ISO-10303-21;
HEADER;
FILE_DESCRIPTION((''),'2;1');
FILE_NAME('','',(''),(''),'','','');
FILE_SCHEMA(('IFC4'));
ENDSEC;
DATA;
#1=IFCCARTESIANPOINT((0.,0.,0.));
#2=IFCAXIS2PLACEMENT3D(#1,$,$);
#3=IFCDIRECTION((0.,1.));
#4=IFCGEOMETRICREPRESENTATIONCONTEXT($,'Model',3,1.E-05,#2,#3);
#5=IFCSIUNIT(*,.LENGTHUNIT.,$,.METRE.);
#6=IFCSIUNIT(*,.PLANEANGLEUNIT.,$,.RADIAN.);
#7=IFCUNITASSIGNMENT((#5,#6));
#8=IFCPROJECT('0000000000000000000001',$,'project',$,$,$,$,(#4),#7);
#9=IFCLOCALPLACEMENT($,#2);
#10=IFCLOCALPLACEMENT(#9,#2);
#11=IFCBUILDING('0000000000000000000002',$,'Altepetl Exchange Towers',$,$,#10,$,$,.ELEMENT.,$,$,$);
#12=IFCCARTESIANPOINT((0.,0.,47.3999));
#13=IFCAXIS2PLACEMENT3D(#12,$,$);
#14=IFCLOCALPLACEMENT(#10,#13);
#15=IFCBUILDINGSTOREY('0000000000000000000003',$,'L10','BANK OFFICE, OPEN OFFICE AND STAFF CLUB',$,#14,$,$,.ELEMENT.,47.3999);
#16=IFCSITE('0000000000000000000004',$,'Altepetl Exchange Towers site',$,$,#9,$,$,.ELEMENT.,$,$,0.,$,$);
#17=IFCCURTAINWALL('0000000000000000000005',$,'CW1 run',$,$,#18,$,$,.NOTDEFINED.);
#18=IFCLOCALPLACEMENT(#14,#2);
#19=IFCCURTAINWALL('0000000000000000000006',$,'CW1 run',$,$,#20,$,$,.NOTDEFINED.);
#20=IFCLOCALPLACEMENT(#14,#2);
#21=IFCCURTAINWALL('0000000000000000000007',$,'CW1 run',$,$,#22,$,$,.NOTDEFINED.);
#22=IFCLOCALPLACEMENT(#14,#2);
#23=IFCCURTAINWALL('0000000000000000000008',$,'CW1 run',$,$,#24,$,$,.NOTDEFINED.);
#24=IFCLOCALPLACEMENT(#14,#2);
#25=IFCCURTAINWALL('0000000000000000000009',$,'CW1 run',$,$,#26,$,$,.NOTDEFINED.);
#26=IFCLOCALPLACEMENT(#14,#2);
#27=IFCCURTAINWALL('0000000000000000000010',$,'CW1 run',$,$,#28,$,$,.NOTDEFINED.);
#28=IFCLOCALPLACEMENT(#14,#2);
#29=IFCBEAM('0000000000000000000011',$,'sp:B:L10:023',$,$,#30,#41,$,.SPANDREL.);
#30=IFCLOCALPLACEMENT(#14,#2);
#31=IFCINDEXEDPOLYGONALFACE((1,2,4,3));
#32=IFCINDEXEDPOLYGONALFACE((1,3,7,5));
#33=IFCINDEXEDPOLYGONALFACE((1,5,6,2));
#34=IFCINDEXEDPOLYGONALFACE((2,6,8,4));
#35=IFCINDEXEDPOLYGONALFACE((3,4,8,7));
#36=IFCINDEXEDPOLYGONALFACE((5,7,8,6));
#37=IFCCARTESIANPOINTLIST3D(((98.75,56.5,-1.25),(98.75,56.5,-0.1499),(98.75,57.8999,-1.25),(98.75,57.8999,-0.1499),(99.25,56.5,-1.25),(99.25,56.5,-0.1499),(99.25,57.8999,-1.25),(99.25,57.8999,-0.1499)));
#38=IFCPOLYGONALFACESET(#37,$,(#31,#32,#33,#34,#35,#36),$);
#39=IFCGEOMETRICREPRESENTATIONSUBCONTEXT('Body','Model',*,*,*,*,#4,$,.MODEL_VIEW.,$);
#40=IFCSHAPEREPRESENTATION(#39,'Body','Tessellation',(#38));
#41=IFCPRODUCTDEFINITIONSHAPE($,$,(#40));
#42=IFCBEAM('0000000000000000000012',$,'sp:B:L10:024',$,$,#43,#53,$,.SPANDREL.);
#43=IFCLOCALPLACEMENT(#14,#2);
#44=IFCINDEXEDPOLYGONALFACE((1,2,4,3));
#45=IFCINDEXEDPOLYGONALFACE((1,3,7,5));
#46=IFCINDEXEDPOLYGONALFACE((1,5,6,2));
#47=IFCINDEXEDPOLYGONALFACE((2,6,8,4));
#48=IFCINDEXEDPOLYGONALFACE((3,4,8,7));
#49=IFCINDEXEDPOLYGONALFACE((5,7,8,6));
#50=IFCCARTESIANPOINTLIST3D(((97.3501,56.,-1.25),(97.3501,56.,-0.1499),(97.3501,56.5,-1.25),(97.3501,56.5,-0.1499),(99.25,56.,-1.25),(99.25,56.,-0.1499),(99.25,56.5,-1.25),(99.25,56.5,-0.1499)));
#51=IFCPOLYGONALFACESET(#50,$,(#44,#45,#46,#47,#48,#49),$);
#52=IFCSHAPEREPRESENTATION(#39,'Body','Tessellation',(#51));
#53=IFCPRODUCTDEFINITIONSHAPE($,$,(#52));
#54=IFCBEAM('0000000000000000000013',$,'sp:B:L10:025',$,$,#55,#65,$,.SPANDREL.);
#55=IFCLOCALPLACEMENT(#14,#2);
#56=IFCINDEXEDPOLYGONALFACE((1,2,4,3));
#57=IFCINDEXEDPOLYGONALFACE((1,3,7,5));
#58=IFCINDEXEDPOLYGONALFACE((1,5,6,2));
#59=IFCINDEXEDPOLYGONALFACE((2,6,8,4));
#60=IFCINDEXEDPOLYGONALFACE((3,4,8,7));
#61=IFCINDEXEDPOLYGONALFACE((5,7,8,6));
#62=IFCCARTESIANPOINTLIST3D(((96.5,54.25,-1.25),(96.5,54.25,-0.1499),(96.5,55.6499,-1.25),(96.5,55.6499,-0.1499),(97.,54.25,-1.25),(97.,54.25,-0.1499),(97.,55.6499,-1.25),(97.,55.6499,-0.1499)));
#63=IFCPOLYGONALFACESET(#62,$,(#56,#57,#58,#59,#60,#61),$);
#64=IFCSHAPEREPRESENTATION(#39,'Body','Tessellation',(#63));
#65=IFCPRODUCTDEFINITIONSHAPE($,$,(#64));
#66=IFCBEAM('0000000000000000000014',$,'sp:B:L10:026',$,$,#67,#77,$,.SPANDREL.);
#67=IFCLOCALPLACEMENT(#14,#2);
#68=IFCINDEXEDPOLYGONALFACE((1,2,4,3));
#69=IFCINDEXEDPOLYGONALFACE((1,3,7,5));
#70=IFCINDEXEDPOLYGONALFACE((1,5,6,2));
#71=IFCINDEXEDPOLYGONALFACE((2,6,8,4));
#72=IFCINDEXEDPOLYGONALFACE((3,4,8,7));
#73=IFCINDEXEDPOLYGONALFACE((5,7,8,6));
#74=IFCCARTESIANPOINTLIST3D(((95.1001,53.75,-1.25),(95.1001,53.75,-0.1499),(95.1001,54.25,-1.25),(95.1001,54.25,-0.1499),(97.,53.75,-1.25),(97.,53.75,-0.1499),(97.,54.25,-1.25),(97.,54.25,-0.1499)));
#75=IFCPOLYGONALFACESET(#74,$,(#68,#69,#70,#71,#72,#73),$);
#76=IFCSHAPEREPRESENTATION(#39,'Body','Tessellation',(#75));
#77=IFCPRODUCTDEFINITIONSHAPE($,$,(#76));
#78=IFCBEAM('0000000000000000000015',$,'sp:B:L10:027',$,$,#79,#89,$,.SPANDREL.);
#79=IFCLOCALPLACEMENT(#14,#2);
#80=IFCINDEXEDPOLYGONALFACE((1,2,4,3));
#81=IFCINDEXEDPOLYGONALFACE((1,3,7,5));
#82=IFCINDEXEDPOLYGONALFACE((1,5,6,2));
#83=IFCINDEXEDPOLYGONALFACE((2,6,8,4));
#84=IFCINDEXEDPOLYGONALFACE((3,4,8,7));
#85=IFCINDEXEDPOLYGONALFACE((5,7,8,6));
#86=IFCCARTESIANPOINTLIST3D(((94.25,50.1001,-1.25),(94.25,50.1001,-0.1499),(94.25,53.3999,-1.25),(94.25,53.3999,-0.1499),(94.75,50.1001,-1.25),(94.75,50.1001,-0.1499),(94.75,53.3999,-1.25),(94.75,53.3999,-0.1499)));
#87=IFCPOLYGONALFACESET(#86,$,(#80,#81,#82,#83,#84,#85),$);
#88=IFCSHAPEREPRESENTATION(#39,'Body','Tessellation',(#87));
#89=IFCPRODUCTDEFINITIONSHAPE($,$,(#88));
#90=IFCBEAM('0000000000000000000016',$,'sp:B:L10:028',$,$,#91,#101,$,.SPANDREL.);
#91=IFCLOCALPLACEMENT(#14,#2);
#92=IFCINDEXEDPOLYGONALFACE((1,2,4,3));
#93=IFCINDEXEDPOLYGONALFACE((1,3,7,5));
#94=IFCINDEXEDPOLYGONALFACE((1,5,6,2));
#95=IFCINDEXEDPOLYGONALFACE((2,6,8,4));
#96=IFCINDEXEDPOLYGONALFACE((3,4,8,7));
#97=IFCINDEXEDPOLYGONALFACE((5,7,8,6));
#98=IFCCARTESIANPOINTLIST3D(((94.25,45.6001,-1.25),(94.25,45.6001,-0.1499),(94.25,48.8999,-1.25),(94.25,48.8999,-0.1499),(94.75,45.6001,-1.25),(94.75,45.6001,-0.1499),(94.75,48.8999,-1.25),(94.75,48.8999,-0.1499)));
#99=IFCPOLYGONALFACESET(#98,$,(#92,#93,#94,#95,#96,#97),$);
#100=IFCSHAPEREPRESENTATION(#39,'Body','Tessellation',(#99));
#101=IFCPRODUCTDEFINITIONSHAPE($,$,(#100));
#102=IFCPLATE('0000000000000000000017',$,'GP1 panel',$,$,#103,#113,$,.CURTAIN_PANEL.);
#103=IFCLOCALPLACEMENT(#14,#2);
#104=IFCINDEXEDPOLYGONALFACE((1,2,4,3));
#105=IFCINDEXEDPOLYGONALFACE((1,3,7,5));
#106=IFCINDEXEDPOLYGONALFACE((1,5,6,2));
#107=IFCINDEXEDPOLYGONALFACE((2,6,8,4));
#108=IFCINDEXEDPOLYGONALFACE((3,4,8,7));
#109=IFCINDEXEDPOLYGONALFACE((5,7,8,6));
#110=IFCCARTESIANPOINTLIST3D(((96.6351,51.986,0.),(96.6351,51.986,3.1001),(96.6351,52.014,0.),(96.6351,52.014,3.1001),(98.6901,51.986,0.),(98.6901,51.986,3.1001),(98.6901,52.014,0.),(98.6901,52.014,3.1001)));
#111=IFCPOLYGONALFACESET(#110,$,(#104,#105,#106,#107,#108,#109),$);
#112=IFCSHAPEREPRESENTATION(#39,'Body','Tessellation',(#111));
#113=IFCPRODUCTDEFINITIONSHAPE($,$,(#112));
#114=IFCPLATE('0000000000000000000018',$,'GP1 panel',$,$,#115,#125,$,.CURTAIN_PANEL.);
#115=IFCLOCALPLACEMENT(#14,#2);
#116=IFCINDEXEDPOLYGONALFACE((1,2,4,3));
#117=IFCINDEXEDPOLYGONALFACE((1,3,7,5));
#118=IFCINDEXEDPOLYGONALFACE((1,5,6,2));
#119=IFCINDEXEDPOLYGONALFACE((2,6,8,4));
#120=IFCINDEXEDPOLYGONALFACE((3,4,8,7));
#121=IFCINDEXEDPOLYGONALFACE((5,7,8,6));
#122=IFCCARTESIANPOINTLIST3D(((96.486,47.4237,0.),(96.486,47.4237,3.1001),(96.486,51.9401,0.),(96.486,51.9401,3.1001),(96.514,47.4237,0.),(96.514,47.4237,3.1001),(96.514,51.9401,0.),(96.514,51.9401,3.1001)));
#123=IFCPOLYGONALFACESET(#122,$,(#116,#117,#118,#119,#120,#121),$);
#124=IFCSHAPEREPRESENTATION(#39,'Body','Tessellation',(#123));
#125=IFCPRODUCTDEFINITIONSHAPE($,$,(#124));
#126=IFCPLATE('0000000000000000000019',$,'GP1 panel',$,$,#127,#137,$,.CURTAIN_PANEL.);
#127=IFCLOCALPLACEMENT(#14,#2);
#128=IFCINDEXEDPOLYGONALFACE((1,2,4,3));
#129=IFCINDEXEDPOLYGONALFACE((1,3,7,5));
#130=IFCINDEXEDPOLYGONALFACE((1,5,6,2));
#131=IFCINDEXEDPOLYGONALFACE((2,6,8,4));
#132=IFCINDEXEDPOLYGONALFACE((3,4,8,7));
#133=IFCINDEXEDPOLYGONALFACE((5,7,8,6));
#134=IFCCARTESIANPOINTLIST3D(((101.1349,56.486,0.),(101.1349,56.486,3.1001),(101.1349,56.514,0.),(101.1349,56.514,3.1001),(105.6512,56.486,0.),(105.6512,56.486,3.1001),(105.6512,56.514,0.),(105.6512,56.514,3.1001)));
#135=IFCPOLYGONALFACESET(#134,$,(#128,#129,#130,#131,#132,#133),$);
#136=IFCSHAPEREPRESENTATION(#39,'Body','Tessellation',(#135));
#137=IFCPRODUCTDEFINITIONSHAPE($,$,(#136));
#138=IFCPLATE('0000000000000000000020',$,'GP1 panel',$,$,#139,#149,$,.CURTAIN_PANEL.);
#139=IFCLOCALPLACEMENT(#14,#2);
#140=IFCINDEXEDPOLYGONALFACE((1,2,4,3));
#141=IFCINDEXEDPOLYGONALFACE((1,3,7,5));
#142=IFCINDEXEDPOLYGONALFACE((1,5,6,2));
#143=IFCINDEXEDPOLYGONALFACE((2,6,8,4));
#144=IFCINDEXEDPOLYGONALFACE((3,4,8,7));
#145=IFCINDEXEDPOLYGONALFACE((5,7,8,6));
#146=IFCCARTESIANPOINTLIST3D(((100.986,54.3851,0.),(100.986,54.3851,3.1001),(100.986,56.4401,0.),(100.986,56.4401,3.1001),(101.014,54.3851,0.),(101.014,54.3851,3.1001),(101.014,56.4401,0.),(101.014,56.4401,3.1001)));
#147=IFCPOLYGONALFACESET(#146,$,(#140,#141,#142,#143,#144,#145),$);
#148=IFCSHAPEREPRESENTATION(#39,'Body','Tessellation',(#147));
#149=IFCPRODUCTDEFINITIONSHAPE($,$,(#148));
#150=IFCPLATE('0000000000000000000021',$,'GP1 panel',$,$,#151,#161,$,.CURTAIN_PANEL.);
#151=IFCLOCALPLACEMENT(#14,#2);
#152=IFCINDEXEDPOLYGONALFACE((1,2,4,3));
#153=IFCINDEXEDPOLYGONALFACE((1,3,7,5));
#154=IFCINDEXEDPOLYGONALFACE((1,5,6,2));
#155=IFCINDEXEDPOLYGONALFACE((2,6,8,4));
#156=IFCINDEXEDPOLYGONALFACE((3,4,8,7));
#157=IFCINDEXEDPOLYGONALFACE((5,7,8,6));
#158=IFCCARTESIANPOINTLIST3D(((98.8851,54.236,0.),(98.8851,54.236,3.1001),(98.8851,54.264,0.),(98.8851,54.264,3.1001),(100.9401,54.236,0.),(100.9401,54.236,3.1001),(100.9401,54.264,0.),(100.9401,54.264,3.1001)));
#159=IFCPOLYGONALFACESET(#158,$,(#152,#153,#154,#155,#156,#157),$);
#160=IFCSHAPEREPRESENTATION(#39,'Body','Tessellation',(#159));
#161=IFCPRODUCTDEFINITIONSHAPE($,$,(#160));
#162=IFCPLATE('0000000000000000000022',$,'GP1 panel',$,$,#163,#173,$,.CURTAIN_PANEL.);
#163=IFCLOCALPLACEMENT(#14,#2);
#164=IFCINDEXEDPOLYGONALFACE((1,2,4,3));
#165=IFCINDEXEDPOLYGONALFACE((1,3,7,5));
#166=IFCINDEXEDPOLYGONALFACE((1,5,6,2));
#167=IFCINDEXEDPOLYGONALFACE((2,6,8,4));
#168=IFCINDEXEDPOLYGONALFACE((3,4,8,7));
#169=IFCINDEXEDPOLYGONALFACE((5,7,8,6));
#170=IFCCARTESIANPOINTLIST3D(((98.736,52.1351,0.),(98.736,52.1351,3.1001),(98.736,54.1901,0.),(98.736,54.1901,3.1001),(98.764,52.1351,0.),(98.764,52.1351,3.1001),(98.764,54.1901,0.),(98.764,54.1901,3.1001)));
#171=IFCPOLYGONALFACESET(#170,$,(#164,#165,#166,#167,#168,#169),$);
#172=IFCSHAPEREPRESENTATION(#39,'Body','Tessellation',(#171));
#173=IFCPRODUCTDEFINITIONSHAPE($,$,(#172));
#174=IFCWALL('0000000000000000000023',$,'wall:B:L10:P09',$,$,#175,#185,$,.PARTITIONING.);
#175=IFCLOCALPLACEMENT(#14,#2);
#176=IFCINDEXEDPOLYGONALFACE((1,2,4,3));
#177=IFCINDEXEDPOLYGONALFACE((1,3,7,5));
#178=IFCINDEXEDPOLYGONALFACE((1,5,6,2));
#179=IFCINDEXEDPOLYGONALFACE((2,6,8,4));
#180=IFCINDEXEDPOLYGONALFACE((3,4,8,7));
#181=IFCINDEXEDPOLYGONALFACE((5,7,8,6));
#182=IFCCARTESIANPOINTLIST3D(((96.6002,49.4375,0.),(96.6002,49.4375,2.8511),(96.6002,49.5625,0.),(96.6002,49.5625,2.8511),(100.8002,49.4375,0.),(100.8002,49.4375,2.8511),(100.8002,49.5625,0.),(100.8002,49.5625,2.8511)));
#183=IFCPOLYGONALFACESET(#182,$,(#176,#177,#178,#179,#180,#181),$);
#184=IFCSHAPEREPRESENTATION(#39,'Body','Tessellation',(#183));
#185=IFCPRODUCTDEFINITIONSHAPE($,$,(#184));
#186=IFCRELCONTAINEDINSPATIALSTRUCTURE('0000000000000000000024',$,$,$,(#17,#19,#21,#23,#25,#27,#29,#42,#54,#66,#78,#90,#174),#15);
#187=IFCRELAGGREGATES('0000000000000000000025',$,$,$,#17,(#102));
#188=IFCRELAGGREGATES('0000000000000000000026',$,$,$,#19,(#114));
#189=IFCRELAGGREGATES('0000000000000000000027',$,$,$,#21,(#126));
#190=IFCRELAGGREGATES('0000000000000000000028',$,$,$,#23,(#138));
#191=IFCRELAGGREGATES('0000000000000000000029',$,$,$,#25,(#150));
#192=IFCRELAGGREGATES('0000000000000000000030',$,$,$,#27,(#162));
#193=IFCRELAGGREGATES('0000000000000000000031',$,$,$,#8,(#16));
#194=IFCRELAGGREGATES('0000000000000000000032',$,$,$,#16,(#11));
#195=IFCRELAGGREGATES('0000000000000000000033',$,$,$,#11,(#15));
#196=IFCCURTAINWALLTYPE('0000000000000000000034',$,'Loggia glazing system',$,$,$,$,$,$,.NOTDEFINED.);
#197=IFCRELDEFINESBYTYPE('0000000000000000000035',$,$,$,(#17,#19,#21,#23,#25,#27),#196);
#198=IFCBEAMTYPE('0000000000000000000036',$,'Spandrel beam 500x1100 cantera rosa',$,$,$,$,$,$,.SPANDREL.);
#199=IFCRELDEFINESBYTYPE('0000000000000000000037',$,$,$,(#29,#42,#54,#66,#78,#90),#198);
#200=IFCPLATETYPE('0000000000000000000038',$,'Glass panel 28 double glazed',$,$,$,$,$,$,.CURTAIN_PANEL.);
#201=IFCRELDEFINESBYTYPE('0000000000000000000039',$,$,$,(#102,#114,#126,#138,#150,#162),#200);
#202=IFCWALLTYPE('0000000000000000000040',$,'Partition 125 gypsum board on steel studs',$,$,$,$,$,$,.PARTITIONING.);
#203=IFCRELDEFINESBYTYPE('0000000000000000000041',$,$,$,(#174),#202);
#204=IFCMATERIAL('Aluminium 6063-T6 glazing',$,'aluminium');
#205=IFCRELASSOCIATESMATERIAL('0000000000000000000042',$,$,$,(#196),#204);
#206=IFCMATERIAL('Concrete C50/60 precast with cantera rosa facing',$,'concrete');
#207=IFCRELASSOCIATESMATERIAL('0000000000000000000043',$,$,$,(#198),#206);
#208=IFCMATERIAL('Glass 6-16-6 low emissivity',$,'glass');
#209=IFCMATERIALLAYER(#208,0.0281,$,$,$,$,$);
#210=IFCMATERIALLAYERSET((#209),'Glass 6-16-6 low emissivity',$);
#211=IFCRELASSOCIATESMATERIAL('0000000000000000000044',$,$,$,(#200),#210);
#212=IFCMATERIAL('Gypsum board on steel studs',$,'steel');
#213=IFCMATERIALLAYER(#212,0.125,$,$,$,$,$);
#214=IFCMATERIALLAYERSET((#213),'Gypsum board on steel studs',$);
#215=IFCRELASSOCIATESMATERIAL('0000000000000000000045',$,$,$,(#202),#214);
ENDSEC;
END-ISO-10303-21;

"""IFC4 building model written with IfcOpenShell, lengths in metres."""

from ifc_helpers import new_model, si_unit, direction, frame, frame_2d, origin, origin_2d, place, context, subcontext, project, spatial, rectangle, extrude, material, layer, layer_set, material_profile, profile_set, type_object, element, aggregate, save


model = new_model("IFC4")

# Units and contexts
model_context = context("Model", 3, precision=1e-05, world=origin(), true_north=direction((0.0, 1.0)))
body_context = subcontext(model_context, "Body", "Model", "MODEL_VIEW")
ifc_project = project(units=[si_unit("LENGTHUNIT", "METRE"), si_unit("PLANEANGLEUNIT", "RADIAN")], contexts=[model_context])

# Site, building, storey
site_placement = place(None, origin())
site = spatial("IfcSite", under=ifc_project, at=site_placement, Name="Altepetl Exchange Towers site", CompositionType="ELEMENT", RefElevation=0.0)
building_placement = place(site_placement, origin())
building = spatial("IfcBuilding", under=site, at=building_placement, Name="Altepetl Exchange Towers", CompositionType="ELEMENT")
storey_placement = place(building_placement, frame((0.0, 0.0, 47.3999)))
storey = spatial("IfcBuildingStorey", under=building, at=storey_placement, Name="L10", Description="BANK OFFICE, OPEN OFFICE AND STAFF CLUB", CompositionType="ELEMENT", Elevation=47.3999)

# Curtain walls
ifc_material_1 = material(Name="Aluminium 6063-T6 glazing", Category="aluminium")
curtain_wall_type = type_object("IfcCurtainWallType", Name="Loggia glazing system", PredefinedType="NOTDEFINED", material=ifc_material_1)
curtain_wall_1_placement = place(storey_placement, origin())
curtain_wall_1 = element("IfcCurtainWall", 1, at=curtain_wall_1_placement, inside=storey, type_object=curtain_wall_type, Name="CW1 run", PredefinedType="NOTDEFINED")
curtain_wall_2_placement = place(storey_placement, origin())
curtain_wall_2 = element("IfcCurtainWall", 2, at=curtain_wall_2_placement, inside=storey, type_object=curtain_wall_type, Name="CW1 run", PredefinedType="NOTDEFINED")

# Curtain wall
curtain_wall_3_placement = place(storey_placement, origin())
curtain_wall_3 = element("IfcCurtainWall", 3, at=curtain_wall_3_placement, inside=storey, type_object=curtain_wall_type, Name="CW1 run", PredefinedType="NOTDEFINED")

# Curtain walls
curtain_wall_4_placement = place(storey_placement, origin())
curtain_wall_4 = element("IfcCurtainWall", 4, at=curtain_wall_4_placement, inside=storey, type_object=curtain_wall_type, Name="CW1 run", PredefinedType="NOTDEFINED")
curtain_wall_5_placement = place(storey_placement, origin())
curtain_wall_5 = element("IfcCurtainWall", 5, at=curtain_wall_5_placement, inside=storey, type_object=curtain_wall_type, Name="CW1 run", PredefinedType="NOTDEFINED")
curtain_wall_6_placement = place(storey_placement, origin())
curtain_wall_6 = element("IfcCurtainWall", 6, at=curtain_wall_6_placement, inside=storey, type_object=curtain_wall_type, Name="CW1 run", PredefinedType="NOTDEFINED")

# Beams
ifc_material_2 = material(Name="Concrete C50/60 precast with cantera rosa facing", Category="concrete")
ifc_material_profile_1 = material_profile(ifc_material_2, rectangle(XDim=0.5, YDim=1.1001, at=origin_2d()), Name="500 x 1100")
ifc_profile_set_1 = profile_set([ifc_material_profile_1], Name="Concrete C50/60 precast with cantera rosa facing")
beam_type_1 = type_object("IfcBeamType", Name="Spandrel beam 500x1100 cantera rosa", PredefinedType="SPANDREL", material=ifc_profile_set_1)
beam_1_placement = place(storey_placement, frame((99.0, 57.8999, -0.7), z_axis=(0.0, -1.0, 0.0), x_axis=(1.0, 0.0, 0.0)))
element("IfcBeam", 7, at=beam_1_placement, inside=storey, type_object=beam_type_1, Name="sp:B:L10:023", PredefinedType="SPANDREL", context=body_context, shape_type="SweptSolid", body=[
    extrude(rectangle(XDim=0.5, YDim=1.1001, at=origin_2d()), origin(), (0.0, 0.0, 1.0), 1.3999),
])
beam_2_placement = place(storey_placement, frame((99.25, 56.25, -0.7), z_axis=(-1.0, 0.0, 0.0), x_axis=(0.0, -1.0, 0.0)))
element("IfcBeam", 8, at=beam_2_placement, inside=storey, type_object=beam_type_1, Name="sp:B:L10:024", PredefinedType="SPANDREL", context=body_context, shape_type="SweptSolid", body=[
    extrude(rectangle(XDim=0.5, YDim=1.1001, at=origin_2d()), origin(), (0.0, 0.0, 1.0), 1.8999),
])
beam_3_placement = place(storey_placement, frame((96.75, 55.6499, -0.7), z_axis=(0.0, -1.0, 0.0), x_axis=(1.0, 0.0, 0.0)))
element("IfcBeam", 9, at=beam_3_placement, inside=storey, type_object=beam_type_1, Name="sp:B:L10:025", PredefinedType="SPANDREL", context=body_context, shape_type="SweptSolid", body=[
    extrude(rectangle(XDim=0.5, YDim=1.1001, at=origin_2d()), origin(), (0.0, 0.0, 1.0), 1.3999),
])
beam_4_placement = place(storey_placement, frame((97.0, 54.0, -0.7), z_axis=(-1.0, 0.0, 0.0), x_axis=(0.0, -1.0, 0.0)))
element("IfcBeam", 10, at=beam_4_placement, inside=storey, type_object=beam_type_1, Name="sp:B:L10:026", PredefinedType="SPANDREL", context=body_context, shape_type="SweptSolid", body=[
    extrude(rectangle(XDim=0.5, YDim=1.1001, at=origin_2d()), origin(), (0.0, 0.0, 1.0), 1.8999),
])
for number, where, z_axis, x_axis, name in (
    (11, (94.5, 53.3999, -0.7), (0.0, -1.0, 0.0), (1.0, 0.0, 0.0), "sp:B:L10:027"),
    (12, (94.5, 48.8999, -0.7), (0.0, -1.0, 0.0), (1.0, 0.0, 0.0), "sp:B:L10:028"),
):
    element("IfcBeam", number, at=place(storey_placement, frame(where, z_axis=z_axis, x_axis=x_axis)), inside=storey, type_object=beam_type_1, Name=name, PredefinedType="SPANDREL", context=body_context, shape_type="SweptSolid", body=[
        extrude(rectangle(XDim=0.5, YDim=1.1001, at=origin_2d()), origin(), (0.0, 0.0, 1.0), 3.2998),
    ])

# Plates
ifc_material_3 = material(Name="Glass 6-16-6 low emissivity", Category="glass")
ifc_layer_1 = layer(ifc_material_3, 0.0281)
ifc_layer_set_1 = layer_set([ifc_layer_1], Name="Glass 6-16-6 low emissivity")
plate_type = type_object("IfcPlateType", Name="Glass panel 28 double glazed", PredefinedType="CURTAIN_PANEL", material=ifc_layer_set_1)
plate_1_placement = place(storey_placement, frame((97.6626, 52.0, 0.0), z_axis=(0.0, 0.0, 1.0), x_axis=(-1.0, 0.0, 0.0)))
plate_1 = element("IfcPlate", 13, at=plate_1_placement, type_object=plate_type, Name="GP1 panel", PredefinedType="CURTAIN_PANEL", context=body_context, shape_type="SweptSolid", body=[
    extrude(rectangle(XDim=2.0549, YDim=0.0281, at=origin_2d()), origin(), (0.0, 0.0, 1.0), 3.1001),
])
aggregate(curtain_wall_1, [plate_1])
plate_2_placement = place(storey_placement, frame((96.5, 49.6819, 0.0), z_axis=(0.0, 0.0, 1.0), x_axis=(0.0, -1.0, 0.0)))
plate_2 = element("IfcPlate", 14, at=plate_2_placement, type_object=plate_type, Name="GP1 panel", PredefinedType="CURTAIN_PANEL", context=body_context, shape_type="SweptSolid", body=[
    extrude(rectangle(XDim=4.5164, YDim=0.0281, at=origin_2d()), origin(), (0.0, 0.0, 1.0), 3.1001),
])
aggregate(curtain_wall_2, [plate_2])
plate_3_placement = place(storey_placement, frame((103.3931, 56.5, 0.0), z_axis=(0.0, 0.0, 1.0), x_axis=(-1.0, 0.0, 0.0)))
plate_3 = element("IfcPlate", 15, at=plate_3_placement, type_object=plate_type, Name="GP1 panel", PredefinedType="CURTAIN_PANEL", context=body_context, shape_type="SweptSolid", body=[
    extrude(rectangle(XDim=4.5164, YDim=0.0281, at=origin_2d()), origin(), (0.0, 0.0, 1.0), 3.1001),
])
aggregate(curtain_wall_3, [plate_3])
plate_4_placement = place(storey_placement, frame((101.0, 55.4126, 0.0), z_axis=(0.0, 0.0, 1.0), x_axis=(0.0, -1.0, 0.0)))
plate_4 = element("IfcPlate", 16, at=plate_4_placement, type_object=plate_type, Name="GP1 panel", PredefinedType="CURTAIN_PANEL", context=body_context, shape_type="SweptSolid", body=[
    extrude(rectangle(XDim=2.0549, YDim=0.0281, at=origin_2d()), origin(), (0.0, 0.0, 1.0), 3.1001),
])
aggregate(curtain_wall_4, [plate_4])
plate_5_placement = place(storey_placement, frame((99.9126, 54.25, 0.0), z_axis=(0.0, 0.0, 1.0), x_axis=(-1.0, 0.0, 0.0)))
plate_5 = element("IfcPlate", 17, at=plate_5_placement, type_object=plate_type, Name="GP1 panel", PredefinedType="CURTAIN_PANEL", context=body_context, shape_type="SweptSolid", body=[
    extrude(rectangle(XDim=2.0549, YDim=0.0281, at=origin_2d()), origin(), (0.0, 0.0, 1.0), 3.1001),
])
aggregate(curtain_wall_5, [plate_5])
plate_6_placement = place(storey_placement, frame((98.75, 53.1626, 0.0), z_axis=(0.0, 0.0, 1.0), x_axis=(0.0, -1.0, 0.0)))
plate_6 = element("IfcPlate", 18, at=plate_6_placement, type_object=plate_type, Name="GP1 panel", PredefinedType="CURTAIN_PANEL", context=body_context, shape_type="SweptSolid", body=[
    extrude(rectangle(XDim=2.0549, YDim=0.0281, at=origin_2d()), origin(), (0.0, 0.0, 1.0), 3.1001),
])
aggregate(curtain_wall_6, [plate_6])

# Wall
ifc_material_4 = material(Name="Gypsum board on steel studs", Category="steel")
ifc_layer_2 = layer(ifc_material_4, 0.125)
ifc_layer_set_2 = layer_set([ifc_layer_2], Name="Gypsum board on steel studs")
wall_type = type_object("IfcWallType", Name="Partition 125 gypsum board on steel studs", PredefinedType="PARTITIONING", material=ifc_layer_set_2)
wall_1_placement = place(storey_placement, frame((96.6001, 49.5, 0.0)))
element("IfcWall", 19, at=wall_1_placement, inside=storey, type_object=wall_type, Name="wall:B:L10:P09", PredefinedType="PARTITIONING", context=body_context, shape_type="SweptSolid", body=[
    extrude(rectangle(XDim=4.2, YDim=0.125, at=frame_2d((2.1001, 0.0))), origin(), (0.0, 0.0, 1.0), 2.8511),
])

save(model, "model.ifc")
